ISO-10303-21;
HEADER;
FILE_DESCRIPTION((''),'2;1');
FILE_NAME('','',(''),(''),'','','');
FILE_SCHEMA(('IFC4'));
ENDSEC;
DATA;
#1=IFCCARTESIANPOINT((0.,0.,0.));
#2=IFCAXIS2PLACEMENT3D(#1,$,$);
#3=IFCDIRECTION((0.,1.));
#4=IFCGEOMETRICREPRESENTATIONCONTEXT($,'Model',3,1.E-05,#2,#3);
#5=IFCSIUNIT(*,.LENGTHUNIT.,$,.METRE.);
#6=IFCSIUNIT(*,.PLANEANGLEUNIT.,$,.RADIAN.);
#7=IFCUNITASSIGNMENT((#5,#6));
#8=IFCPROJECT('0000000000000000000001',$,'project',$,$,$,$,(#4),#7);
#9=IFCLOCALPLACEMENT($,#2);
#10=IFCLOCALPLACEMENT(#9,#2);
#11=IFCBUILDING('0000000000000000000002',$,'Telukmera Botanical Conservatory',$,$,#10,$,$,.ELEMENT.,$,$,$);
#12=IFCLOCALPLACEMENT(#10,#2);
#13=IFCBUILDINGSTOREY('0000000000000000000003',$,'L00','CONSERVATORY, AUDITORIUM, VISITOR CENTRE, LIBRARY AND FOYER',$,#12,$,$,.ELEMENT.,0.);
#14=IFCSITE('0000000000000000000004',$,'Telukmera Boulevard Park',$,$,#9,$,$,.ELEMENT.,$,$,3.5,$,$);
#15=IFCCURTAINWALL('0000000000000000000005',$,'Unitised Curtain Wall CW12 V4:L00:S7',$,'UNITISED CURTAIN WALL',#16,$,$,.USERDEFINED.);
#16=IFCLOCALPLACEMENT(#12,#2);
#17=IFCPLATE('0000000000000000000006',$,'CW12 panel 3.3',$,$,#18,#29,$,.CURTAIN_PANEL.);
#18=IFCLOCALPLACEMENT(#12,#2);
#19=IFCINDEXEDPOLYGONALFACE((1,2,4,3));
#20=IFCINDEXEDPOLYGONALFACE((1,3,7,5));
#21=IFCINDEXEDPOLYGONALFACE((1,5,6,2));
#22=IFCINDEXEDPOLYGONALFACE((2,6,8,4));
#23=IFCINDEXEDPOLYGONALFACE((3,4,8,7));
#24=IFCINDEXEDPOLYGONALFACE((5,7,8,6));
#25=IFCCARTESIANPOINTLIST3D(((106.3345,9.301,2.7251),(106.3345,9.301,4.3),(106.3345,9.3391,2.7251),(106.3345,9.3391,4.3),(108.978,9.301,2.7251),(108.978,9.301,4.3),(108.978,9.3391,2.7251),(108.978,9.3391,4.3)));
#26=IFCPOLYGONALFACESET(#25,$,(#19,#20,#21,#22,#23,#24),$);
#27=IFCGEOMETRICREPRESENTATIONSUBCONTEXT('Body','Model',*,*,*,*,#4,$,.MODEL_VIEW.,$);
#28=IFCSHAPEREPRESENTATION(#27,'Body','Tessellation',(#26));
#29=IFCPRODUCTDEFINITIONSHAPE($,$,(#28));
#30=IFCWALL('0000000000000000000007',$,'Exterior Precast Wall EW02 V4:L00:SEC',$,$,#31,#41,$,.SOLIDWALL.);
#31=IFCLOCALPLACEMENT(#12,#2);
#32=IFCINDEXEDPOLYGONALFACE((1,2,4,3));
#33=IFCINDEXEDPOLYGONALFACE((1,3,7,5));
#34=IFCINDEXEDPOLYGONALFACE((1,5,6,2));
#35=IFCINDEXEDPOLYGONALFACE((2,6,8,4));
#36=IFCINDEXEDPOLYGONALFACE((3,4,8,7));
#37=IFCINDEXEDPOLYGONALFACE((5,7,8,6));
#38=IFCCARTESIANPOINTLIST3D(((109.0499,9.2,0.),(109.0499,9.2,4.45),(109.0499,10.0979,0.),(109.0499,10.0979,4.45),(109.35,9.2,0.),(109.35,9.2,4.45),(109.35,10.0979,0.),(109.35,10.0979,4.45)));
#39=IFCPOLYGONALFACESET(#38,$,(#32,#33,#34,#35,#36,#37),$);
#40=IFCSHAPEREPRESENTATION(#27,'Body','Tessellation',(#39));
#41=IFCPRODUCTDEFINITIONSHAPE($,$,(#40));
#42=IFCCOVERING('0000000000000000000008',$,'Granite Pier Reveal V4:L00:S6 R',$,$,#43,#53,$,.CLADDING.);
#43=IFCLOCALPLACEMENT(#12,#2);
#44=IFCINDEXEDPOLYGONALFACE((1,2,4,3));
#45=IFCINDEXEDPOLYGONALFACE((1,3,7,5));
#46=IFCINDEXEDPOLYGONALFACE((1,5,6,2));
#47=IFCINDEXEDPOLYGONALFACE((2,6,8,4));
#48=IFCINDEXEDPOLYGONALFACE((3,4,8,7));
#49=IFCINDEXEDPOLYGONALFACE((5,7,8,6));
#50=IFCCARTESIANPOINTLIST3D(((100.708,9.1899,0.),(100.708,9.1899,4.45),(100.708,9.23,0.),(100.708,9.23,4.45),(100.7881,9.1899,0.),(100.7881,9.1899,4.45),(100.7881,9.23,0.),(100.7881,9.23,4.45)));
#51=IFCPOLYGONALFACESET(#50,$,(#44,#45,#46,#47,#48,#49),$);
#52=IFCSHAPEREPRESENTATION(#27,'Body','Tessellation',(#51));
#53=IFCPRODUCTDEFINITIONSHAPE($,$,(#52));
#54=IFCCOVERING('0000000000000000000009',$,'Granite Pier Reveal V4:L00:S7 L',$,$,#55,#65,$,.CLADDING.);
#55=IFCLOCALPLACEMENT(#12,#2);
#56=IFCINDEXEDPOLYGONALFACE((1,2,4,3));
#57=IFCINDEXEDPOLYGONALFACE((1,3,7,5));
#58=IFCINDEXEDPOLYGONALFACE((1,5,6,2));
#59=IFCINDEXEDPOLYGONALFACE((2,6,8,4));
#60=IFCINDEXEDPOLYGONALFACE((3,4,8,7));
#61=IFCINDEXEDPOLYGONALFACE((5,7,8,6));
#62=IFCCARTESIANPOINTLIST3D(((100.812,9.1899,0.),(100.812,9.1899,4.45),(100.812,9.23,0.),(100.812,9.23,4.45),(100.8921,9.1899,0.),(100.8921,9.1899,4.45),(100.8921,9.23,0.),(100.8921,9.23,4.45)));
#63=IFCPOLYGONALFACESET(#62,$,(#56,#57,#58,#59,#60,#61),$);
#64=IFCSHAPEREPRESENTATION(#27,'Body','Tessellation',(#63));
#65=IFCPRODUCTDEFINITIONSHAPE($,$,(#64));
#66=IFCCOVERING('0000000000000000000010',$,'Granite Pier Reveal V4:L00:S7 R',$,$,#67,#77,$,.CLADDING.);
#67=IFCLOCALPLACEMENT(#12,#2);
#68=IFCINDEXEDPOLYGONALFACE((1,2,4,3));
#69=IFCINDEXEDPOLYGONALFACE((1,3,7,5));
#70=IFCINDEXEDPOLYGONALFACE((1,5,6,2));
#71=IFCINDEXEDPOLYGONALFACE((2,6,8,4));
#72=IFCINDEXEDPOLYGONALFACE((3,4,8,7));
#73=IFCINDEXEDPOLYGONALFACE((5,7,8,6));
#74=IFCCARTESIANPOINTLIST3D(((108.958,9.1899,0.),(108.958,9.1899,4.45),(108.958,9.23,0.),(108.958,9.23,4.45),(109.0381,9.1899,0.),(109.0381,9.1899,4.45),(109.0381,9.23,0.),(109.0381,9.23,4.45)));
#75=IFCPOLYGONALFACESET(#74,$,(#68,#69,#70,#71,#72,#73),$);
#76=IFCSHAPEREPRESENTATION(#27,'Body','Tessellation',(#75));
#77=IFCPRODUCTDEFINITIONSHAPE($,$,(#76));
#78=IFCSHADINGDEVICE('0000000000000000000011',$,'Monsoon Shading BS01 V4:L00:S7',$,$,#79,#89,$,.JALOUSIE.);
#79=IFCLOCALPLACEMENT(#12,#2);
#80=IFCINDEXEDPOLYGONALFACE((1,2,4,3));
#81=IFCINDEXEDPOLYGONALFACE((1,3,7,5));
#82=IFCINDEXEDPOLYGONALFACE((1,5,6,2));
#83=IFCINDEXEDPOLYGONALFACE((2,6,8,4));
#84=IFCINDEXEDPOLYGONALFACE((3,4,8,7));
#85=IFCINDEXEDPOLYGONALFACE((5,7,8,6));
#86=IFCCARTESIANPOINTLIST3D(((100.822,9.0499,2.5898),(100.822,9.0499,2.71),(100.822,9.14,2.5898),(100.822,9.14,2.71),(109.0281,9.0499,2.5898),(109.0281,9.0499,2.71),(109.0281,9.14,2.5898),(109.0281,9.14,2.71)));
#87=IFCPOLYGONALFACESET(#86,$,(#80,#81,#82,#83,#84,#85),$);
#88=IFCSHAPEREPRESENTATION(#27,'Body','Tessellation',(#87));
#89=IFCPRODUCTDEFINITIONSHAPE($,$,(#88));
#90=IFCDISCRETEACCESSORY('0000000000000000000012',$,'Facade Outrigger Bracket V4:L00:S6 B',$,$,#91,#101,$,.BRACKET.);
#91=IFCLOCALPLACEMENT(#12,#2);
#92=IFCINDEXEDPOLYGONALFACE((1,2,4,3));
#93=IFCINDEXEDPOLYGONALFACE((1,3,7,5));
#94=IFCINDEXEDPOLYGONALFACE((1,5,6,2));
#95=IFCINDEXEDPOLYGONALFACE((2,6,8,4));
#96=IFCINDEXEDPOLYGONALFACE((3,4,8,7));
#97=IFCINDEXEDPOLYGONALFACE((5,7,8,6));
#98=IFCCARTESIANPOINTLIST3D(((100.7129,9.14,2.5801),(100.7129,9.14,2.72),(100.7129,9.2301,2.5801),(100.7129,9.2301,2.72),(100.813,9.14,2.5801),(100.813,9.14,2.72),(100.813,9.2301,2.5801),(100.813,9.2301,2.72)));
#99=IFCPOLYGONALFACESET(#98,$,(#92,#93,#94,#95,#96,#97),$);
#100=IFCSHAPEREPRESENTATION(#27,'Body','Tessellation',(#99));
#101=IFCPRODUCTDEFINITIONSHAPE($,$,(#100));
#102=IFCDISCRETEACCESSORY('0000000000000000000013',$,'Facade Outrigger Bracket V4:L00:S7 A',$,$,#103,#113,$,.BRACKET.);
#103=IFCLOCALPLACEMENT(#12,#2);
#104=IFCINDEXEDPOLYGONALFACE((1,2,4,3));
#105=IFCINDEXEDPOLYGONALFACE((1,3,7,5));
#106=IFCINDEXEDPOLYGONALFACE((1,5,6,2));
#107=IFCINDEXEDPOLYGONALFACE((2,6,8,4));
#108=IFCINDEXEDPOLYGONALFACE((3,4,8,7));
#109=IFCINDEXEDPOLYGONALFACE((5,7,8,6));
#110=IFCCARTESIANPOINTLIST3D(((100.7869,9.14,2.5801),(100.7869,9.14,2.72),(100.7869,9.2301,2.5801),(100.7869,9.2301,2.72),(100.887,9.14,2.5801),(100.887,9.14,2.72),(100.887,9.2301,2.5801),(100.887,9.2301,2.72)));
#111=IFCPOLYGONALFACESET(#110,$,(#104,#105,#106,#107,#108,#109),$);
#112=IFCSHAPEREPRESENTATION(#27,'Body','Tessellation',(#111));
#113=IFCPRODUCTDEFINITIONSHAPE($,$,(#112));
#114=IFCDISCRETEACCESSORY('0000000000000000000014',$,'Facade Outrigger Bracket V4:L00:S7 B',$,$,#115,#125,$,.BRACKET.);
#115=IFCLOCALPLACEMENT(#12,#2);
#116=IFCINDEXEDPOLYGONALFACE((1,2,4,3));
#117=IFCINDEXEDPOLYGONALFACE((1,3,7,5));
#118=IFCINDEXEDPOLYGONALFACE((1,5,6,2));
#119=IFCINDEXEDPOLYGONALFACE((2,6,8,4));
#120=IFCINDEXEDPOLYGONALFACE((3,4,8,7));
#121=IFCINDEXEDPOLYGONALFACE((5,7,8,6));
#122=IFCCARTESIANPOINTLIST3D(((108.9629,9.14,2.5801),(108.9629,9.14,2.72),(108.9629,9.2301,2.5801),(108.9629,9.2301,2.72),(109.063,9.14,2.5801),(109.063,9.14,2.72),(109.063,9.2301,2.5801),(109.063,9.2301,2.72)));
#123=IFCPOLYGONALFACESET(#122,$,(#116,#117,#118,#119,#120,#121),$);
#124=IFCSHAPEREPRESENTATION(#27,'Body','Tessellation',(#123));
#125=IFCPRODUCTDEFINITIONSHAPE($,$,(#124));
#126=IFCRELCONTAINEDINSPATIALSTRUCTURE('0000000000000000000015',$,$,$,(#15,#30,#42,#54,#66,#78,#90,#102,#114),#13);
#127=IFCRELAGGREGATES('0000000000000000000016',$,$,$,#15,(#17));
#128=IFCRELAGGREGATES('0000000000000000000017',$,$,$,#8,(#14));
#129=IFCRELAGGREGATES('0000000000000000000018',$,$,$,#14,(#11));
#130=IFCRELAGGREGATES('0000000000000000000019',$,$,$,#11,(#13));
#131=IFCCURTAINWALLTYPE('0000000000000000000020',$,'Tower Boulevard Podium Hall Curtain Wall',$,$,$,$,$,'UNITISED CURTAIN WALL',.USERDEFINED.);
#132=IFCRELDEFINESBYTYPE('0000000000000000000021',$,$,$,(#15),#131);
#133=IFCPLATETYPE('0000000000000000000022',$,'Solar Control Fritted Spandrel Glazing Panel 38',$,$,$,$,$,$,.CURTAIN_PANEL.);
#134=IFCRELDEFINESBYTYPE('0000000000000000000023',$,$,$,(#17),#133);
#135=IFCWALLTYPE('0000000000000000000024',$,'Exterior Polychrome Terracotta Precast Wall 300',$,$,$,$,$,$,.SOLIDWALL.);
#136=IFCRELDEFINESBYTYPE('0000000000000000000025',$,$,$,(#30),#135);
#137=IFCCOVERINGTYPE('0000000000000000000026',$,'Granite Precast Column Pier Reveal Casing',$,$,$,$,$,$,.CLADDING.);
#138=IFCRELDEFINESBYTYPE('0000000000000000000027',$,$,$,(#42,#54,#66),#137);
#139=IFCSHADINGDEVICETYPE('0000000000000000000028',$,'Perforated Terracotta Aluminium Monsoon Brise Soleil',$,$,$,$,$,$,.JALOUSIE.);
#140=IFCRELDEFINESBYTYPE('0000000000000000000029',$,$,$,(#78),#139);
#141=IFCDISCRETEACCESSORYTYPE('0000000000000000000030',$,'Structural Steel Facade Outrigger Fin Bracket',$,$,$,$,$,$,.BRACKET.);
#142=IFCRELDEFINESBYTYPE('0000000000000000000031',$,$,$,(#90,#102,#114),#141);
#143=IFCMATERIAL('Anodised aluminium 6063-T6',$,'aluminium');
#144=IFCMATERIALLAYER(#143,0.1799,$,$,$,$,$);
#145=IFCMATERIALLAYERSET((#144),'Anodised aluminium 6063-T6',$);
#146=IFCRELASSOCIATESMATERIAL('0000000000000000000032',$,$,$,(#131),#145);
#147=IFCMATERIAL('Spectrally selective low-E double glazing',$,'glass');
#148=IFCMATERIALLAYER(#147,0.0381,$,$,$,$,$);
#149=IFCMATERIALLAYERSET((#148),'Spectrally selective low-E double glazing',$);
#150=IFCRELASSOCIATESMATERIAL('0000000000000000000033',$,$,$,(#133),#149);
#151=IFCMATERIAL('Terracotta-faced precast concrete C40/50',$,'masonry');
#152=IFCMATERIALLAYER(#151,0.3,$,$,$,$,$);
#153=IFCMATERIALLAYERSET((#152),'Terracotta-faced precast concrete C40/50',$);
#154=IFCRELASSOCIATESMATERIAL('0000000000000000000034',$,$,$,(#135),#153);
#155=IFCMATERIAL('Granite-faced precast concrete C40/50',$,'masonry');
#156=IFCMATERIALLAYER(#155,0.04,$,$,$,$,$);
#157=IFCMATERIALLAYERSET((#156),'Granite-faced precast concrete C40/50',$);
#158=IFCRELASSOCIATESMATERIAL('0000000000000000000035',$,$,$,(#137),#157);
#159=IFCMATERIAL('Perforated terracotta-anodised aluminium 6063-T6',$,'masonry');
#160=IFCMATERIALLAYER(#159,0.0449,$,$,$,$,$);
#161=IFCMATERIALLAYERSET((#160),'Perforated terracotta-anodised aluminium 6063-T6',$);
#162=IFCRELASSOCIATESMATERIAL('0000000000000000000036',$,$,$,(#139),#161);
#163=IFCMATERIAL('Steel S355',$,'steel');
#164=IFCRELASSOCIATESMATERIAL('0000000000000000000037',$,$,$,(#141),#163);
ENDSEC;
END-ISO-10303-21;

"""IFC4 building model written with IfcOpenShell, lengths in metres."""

from ifc_helpers import new_model, si_unit, direction, frame, frame_2d, origin, origin_2d, place, context, subcontext, project, spatial, rectangle, extrude, material, layer, layer_set, type_object, element, aggregate, save


model = new_model("IFC4")

# Units and contexts
model_context = context("Model", 3, precision=1e-05, world=origin(), true_north=direction((0.0, 1.0)))
body_context = subcontext(model_context, "Body", "Model", "MODEL_VIEW")
ifc_project = project(units=[si_unit("LENGTHUNIT", "METRE"), si_unit("PLANEANGLEUNIT", "RADIAN")], contexts=[model_context])

# Site, building, storey
site_placement = place(None, origin())
site = spatial("IfcSite", under=ifc_project, at=site_placement, Name="Telukmera Boulevard Park", CompositionType="ELEMENT", RefElevation=3.5)
building_placement = place(site_placement, origin())
building = spatial("IfcBuilding", under=site, at=building_placement, Name="Telukmera Botanical Conservatory", CompositionType="ELEMENT")
storey_placement = place(building_placement, origin())
storey = spatial("IfcBuildingStorey", under=building, at=storey_placement, Name="L00", Description="CONSERVATORY, AUDITORIUM, VISITOR CENTRE, LIBRARY AND FOYER", CompositionType="ELEMENT", Elevation=0.0)

# Shared definitions
ifc_material_1 = material(Name="Anodised aluminium 6063-T6", Category="aluminium")
ifc_layer_1 = layer(ifc_material_1, 0.1799)
ifc_layer_set_1 = layer_set([ifc_layer_1], Name="Anodised aluminium 6063-T6")
curtain_wall_type = type_object("IfcCurtainWallType", Name="Tower Boulevard Podium Hall Curtain Wall", ElementType="UNITISED CURTAIN WALL", PredefinedType="USERDEFINED", material=ifc_layer_set_1)

# Curtain wall
curtain_wall_1_placement = place(storey_placement, origin())
curtain_wall_1 = element("IfcCurtainWall", 1, at=curtain_wall_1_placement, inside=storey, type_object=curtain_wall_type, Name="Unitised Curtain Wall CW12 V4:L00:S7", ObjectType="UNITISED CURTAIN WALL", PredefinedType="USERDEFINED")

# Plate
ifc_material_2 = material(Name="Spectrally selective low-E double glazing", Category="glass")
ifc_layer_2 = layer(ifc_material_2, 0.0381)
ifc_layer_set_2 = layer_set([ifc_layer_2], Name="Spectrally selective low-E double glazing")
plate_type = type_object("IfcPlateType", Name="Solar Control Fritted Spandrel Glazing Panel 38", PredefinedType="CURTAIN_PANEL", material=ifc_layer_set_2)
plate_1_placement = place(storey_placement, frame((107.6562, 9.3201, 2.7251), z_axis=(0.0, 0.0, 1.0), x_axis=(1.0, 0.0, 0.0)))
plate_1 = element("IfcPlate", 2, at=plate_1_placement, type_object=plate_type, Name="CW12 panel 3.3", PredefinedType="CURTAIN_PANEL", context=body_context, shape_type="SweptSolid", body=[
    extrude(rectangle(XDim=2.6436, YDim=0.0381, at=origin_2d()), origin(), (0.0, 0.0, 1.0), 1.575),
])
aggregate(curtain_wall_1, [plate_1])

# Wall
ifc_material_3 = material(Name="Terracotta-faced precast concrete C40/50", Category="masonry")
ifc_layer_3 = layer(ifc_material_3, 0.3)
ifc_layer_set_3 = layer_set([ifc_layer_3], Name="Terracotta-faced precast concrete C40/50")
wall_type = type_object("IfcWallType", Name="Exterior Polychrome Terracotta Precast Wall 300", PredefinedType="SOLIDWALL", material=ifc_layer_set_3)
wall_placement = place(storey_placement, frame((109.2, 9.2, 0.0), z_axis=(0.0, 0.0, 1.0), x_axis=(0.0, 1.0, 0.0)))
element("IfcWall", 3, at=wall_placement, inside=storey, type_object=wall_type, Name="Exterior Precast Wall EW02 V4:L00:SEC", PredefinedType="SOLIDWALL", context=body_context, shape_type="SweptSolid", body=[
    extrude(rectangle(XDim=0.8979, YDim=0.3, at=frame_2d((0.449, 0.0))), origin(), (0.0, 0.0, 1.0), 4.45),
])

# Coverings
ifc_material_4 = material(Name="Granite-faced precast concrete C40/50", Category="masonry")
ifc_layer_4 = layer(ifc_material_4, 0.04)
ifc_layer_set_4 = layer_set([ifc_layer_4], Name="Granite-faced precast concrete C40/50")
covering_type = type_object("IfcCoveringType", Name="Granite Precast Column Pier Reveal Casing", PredefinedType="CLADDING", material=ifc_layer_set_4)
for number, where, z_axis, x_axis, name in (
    (4, (100.748, 9.21, 0.0), (0.0, 0.0, 1.0), (1.0, 0.0, 0.0), "Granite Pier Reveal V4:L00:S6 R"),
    (5, (100.8521, 9.21, 0.0), (0.0, 0.0, 1.0), (1.0, 0.0, 0.0), "Granite Pier Reveal V4:L00:S7 L"),
    (6, (108.998, 9.21, 0.0), (0.0, 0.0, 1.0), (1.0, 0.0, 0.0), "Granite Pier Reveal V4:L00:S7 R"),
):
    element("IfcCovering", number, at=place(storey_placement, frame(where, z_axis=z_axis, x_axis=x_axis)), inside=storey, type_object=covering_type, Name=name, PredefinedType="CLADDING", context=body_context, shape_type="SweptSolid", body=[
        extrude(rectangle(XDim=0.0801, YDim=0.04, at=origin_2d()), origin(), (0.0, 0.0, 1.0), 4.45),
    ])

# Shading device
ifc_material_5 = material(Name="Perforated terracotta-anodised aluminium 6063-T6", Category="masonry")
ifc_layer_5 = layer(ifc_material_5, 0.0449)
ifc_layer_set_5 = layer_set([ifc_layer_5], Name="Perforated terracotta-anodised aluminium 6063-T6")
shading_device_type = type_object("IfcShadingDeviceType", Name="Perforated Terracotta Aluminium Monsoon Brise Soleil", PredefinedType="JALOUSIE", material=ifc_layer_set_5)
shading_device_placement = place(storey_placement, frame((104.925, 9.095, 2.5898), z_axis=(0.0, 0.0, 1.0), x_axis=(1.0, 0.0, 0.0)))
element("IfcShadingDevice", 7, at=shading_device_placement, inside=storey, type_object=shading_device_type, Name="Monsoon Shading BS01 V4:L00:S7", PredefinedType="JALOUSIE", context=body_context, shape_type="SweptSolid", body=[
    extrude(rectangle(XDim=8.2061, YDim=0.0901, at=origin_2d()), origin(), (0.0, 0.0, 1.0), 0.1201),
])

# Discrete accessories
ifc_material_6 = material(Name="Steel S355", Category="steel")
discrete_accessory_type = type_object("IfcDiscreteAccessoryType", Name="Structural Steel Facade Outrigger Fin Bracket", PredefinedType="BRACKET", material=ifc_material_6)
for number, where, z_axis, x_axis, name in (
    (8, (100.7629, 9.1851, 2.5801), (0.0, 0.0, 1.0), (1.0, 0.0, 0.0), "Facade Outrigger Bracket V4:L00:S6 B"),
    (9, (100.8369, 9.1851, 2.5801), (0.0, 0.0, 1.0), (1.0, 0.0, 0.0), "Facade Outrigger Bracket V4:L00:S7 A"),
    (10, (109.0129, 9.1851, 2.5801), (0.0, 0.0, 1.0), (1.0, 0.0, 0.0), "Facade Outrigger Bracket V4:L00:S7 B"),
):
    element("IfcDiscreteAccessory", number, at=place(storey_placement, frame(where, z_axis=z_axis, x_axis=x_axis)), inside=storey, type_object=discrete_accessory_type, Name=name, PredefinedType="BRACKET", context=body_context, shape_type="SweptSolid", body=[
        extrude(rectangle(XDim=0.1001, YDim=0.0901, at=origin_2d()), origin(), (0.0, 0.0, 1.0), 0.1399),
    ])

save(model, "model.ifc")
